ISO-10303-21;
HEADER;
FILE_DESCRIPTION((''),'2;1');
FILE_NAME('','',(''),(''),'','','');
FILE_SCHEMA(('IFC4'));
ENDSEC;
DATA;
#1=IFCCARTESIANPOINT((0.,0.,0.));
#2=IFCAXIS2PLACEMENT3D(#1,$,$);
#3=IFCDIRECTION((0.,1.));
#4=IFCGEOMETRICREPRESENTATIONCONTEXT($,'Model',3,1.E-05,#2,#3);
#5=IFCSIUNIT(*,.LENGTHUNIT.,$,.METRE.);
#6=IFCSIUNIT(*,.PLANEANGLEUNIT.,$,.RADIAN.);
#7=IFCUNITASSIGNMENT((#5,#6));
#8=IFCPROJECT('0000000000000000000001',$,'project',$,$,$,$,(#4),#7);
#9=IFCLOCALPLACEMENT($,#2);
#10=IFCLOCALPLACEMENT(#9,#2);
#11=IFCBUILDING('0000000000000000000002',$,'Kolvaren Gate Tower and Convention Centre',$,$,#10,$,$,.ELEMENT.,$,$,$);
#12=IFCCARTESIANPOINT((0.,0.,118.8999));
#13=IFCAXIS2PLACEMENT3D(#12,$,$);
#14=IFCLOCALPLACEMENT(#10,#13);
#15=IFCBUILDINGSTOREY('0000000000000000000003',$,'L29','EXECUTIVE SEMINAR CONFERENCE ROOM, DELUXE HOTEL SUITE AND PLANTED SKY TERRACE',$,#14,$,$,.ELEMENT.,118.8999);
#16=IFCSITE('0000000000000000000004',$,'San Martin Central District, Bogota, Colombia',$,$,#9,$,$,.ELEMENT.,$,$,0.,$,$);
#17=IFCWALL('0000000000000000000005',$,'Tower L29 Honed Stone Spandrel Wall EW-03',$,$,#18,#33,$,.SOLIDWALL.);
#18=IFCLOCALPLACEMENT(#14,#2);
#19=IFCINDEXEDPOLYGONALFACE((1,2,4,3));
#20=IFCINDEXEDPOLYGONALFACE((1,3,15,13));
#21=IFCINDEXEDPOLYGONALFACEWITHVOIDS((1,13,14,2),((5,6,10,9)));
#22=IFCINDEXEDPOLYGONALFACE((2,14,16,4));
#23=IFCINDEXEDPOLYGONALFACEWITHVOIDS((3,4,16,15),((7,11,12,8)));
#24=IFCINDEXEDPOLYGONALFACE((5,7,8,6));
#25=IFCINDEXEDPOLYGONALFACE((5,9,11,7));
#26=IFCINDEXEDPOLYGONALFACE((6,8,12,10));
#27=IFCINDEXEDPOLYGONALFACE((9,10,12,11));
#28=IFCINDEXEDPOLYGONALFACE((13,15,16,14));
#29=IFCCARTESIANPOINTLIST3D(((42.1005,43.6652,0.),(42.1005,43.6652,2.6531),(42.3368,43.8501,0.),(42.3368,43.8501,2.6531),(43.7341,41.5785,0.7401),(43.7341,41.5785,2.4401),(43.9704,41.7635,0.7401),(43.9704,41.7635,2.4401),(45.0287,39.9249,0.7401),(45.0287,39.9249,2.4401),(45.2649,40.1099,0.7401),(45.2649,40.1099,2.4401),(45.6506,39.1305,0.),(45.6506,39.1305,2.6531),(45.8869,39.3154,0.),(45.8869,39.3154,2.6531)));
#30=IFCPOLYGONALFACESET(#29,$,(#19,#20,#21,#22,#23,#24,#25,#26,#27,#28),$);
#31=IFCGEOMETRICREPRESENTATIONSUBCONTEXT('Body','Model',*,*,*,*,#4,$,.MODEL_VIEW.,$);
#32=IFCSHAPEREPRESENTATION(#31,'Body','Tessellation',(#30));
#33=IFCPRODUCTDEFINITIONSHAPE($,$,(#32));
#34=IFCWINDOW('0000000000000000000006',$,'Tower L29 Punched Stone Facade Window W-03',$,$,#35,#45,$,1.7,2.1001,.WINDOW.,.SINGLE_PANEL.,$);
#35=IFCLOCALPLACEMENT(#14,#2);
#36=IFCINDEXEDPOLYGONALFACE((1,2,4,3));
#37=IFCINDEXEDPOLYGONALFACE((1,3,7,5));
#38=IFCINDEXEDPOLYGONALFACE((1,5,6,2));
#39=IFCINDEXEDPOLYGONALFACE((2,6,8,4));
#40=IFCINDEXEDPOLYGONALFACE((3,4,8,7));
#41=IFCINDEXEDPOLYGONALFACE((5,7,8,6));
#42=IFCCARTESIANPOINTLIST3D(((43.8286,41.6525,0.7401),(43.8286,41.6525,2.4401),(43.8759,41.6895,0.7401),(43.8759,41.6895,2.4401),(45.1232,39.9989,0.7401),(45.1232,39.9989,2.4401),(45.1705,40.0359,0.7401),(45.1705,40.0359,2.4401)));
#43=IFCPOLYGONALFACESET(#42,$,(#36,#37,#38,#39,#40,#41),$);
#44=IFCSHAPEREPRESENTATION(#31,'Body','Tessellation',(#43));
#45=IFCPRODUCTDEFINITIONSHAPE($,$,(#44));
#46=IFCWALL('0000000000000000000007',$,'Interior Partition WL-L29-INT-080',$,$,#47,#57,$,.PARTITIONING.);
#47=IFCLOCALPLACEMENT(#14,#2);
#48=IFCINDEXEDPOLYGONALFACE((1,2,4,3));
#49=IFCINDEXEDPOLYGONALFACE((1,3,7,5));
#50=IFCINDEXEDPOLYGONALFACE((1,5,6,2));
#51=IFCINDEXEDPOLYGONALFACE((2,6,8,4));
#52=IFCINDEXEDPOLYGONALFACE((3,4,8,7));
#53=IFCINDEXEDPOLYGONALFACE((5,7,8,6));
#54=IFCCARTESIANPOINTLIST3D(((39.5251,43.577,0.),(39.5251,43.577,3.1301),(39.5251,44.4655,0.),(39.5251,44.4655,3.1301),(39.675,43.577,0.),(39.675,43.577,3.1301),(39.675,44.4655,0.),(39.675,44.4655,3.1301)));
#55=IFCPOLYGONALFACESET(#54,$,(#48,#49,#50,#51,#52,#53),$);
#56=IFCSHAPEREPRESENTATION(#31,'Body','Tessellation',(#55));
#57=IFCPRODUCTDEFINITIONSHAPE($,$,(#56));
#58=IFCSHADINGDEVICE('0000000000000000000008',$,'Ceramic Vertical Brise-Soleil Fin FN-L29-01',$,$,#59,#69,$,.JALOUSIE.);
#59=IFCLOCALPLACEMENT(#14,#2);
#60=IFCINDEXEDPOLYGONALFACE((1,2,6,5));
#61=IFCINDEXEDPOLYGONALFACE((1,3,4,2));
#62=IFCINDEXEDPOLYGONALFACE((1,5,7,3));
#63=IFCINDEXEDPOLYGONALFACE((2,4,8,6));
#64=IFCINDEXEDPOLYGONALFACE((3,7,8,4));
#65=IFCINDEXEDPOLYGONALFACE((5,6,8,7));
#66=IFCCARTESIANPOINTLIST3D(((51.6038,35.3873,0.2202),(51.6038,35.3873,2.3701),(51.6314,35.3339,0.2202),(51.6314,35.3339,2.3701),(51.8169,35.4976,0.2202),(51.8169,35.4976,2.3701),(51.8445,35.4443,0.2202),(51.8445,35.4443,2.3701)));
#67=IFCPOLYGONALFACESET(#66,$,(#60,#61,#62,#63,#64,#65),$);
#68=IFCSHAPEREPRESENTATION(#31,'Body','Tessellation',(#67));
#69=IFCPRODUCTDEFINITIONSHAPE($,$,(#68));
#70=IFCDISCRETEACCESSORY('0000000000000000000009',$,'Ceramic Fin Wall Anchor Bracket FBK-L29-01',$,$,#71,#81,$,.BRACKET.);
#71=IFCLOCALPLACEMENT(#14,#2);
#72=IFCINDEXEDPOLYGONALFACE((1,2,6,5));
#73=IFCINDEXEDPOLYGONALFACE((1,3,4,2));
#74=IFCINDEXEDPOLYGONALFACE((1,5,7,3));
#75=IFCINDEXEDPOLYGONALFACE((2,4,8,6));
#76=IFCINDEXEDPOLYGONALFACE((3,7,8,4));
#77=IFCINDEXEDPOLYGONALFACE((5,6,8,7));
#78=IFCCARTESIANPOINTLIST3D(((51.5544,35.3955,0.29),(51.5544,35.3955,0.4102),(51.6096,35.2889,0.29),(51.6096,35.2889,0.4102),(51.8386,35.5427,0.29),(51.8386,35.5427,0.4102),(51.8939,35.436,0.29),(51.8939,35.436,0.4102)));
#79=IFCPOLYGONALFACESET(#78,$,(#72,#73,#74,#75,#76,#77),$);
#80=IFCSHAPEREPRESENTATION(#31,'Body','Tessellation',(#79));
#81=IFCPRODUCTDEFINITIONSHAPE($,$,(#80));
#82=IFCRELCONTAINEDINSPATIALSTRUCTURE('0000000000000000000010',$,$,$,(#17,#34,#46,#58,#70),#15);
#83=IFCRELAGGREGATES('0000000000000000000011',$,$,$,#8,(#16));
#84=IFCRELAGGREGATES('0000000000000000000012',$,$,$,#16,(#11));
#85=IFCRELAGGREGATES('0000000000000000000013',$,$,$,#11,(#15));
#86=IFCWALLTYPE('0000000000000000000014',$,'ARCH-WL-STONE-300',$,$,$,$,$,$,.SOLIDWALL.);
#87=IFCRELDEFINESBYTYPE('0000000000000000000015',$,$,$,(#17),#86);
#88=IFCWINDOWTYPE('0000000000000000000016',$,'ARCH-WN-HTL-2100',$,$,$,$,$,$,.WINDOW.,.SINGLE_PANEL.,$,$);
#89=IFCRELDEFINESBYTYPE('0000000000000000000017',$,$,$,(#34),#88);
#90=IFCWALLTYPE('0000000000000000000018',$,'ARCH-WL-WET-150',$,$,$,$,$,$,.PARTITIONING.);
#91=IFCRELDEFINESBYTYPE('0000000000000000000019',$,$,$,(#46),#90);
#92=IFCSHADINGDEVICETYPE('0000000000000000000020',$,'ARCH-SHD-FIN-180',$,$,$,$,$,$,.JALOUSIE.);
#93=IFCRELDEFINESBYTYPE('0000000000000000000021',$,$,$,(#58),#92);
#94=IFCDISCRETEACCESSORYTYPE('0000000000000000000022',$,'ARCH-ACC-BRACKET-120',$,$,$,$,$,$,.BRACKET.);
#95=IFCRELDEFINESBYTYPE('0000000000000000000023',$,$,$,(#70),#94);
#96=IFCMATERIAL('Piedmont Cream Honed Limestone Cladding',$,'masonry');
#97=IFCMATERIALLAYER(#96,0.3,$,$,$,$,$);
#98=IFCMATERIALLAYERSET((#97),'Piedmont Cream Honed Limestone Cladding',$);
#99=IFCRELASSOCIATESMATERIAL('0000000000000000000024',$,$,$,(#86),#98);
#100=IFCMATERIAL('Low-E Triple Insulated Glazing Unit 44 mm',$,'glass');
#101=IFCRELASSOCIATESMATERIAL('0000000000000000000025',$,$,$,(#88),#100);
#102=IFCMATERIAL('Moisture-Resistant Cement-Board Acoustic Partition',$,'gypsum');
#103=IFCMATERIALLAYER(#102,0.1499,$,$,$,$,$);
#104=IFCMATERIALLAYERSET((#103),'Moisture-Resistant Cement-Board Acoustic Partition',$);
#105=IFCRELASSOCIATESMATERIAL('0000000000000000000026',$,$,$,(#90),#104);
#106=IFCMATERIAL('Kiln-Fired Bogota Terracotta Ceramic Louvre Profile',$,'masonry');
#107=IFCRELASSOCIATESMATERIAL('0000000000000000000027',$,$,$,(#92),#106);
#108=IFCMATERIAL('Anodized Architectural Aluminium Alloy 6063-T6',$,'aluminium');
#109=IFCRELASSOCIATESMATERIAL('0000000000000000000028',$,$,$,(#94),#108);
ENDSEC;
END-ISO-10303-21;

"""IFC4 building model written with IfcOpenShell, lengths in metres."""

from ifc_helpers import new_model, si_unit, direction, frame, frame_2d, origin, origin_2d, place, context, subcontext, project, spatial, rectangle, extrude, material, layer, layer_set, type_object, element, fill, save


model = new_model("IFC4")

# Units and contexts
model_context = context("Model", 3, precision=1e-05, world=origin(), true_north=direction((0.0, 1.0)))
body_context = subcontext(model_context, "Body", "Model", "MODEL_VIEW")
ifc_project = project(units=[si_unit("LENGTHUNIT", "METRE"), si_unit("PLANEANGLEUNIT", "RADIAN")], contexts=[model_context])

# Site, building, storey
site_placement = place(None, origin())
site = spatial("IfcSite", under=ifc_project, at=site_placement, Name="San Martin Central District, Bogota, Colombia", CompositionType="ELEMENT", RefElevation=0.0)
building_placement = place(site_placement, origin())
building = spatial("IfcBuilding", under=site, at=building_placement, Name="Kolvaren Gate Tower and Convention Centre", CompositionType="ELEMENT")
storey_placement = place(building_placement, frame((0.0, 0.0, 118.8999)))
storey = spatial("IfcBuildingStorey", under=building, at=storey_placement, Name="L29", Description="EXECUTIVE SEMINAR CONFERENCE ROOM, DELUXE HOTEL SUITE AND PLANTED SKY TERRACE", CompositionType="ELEMENT", Elevation=118.8999)

# Shared definitions
ifc_material_1 = material(Name="Piedmont Cream Honed Limestone Cladding", Category="masonry")

# Shared definitions
ifc_layer_1 = layer(ifc_material_1, 0.3)
ifc_layer_set_1 = layer_set([ifc_layer_1], Name="Piedmont Cream Honed Limestone Cladding")
wall_type_1 = type_object("IfcWallType", Name="ARCH-WL-STONE-300", PredefinedType="SOLIDWALL", material=ifc_layer_set_1)
ifc_material_2 = material(Name="Low-E Triple Insulated Glazing Unit 44 mm", Category="glass")

# Wall, opening, window
window_type_1 = type_object("IfcWindowType", Name="ARCH-WN-HTL-2100", PartitioningType="SINGLE_PANEL", PredefinedType="WINDOW", material=ifc_material_2)
wall_1_placement = place(storey_placement, frame((42.2188, 43.7576, 0.0), z_axis=(0.0, 0.0, 1.0), x_axis=(0.616435, -0.787406, 0.0)))
wall_1 = element("IfcWall", 1, at=wall_1_placement, inside=storey, type_object=wall_type_1, Name="Tower L29 Honed Stone Spandrel Wall EW-03", PredefinedType="SOLIDWALL", context=body_context, shape_type="SweptSolid", body=[
    extrude(rectangle(XDim=5.759, YDim=0.3, at=frame_2d((2.8794, 0.0))), origin(), (0.0, 0.0, 1.0), 2.6531),
])
opening_1_placement = place(wall_1_placement, frame((2.6499, 0.0, 0.74)))
opening_1 = element("IfcOpeningElement", 2, at=opening_1_placement, cuts=wall_1, PredefinedType="OPENING", context=body_context, shape_type="SweptSolid", body=[
    extrude(rectangle(XDim=2.1001, YDim=1.7, at=frame_2d((1.05, 0.8501))), frame((0.0, 0.1599, 0.0), z_axis=(0.0, -1.0, 0.0), x_axis=(1.0, 0.0, 0.0)), (0.0, 0.0, 1.0), 0.3201),
])
window_1_placement = place(opening_1_placement, origin())
window_1 = element("IfcWindow", 3, at=window_1_placement, inside=storey, type_object=window_type_1, Name="Tower L29 Punched Stone Facade Window W-03", OverallHeight=1.7, OverallWidth=2.1001, PartitioningType="SINGLE_PANEL", PredefinedType="WINDOW", context=body_context, shape_type="SweptSolid", body=[
    extrude(rectangle(XDim=2.1001, YDim=1.7, at=frame_2d((1.05, 0.8501))), frame((0.0, 0.03, 0.0), z_axis=(0.0, -1.0, 0.0), x_axis=(1.0, 0.0, 0.0)), (0.0, 0.0, 1.0), 0.0601),
])
fill(opening_1, window_1)

# Wall
ifc_material_3 = material(Name="Moisture-Resistant Cement-Board Acoustic Partition", Category="gypsum")
ifc_layer_2 = layer(ifc_material_3, 0.1499)
ifc_layer_set_2 = layer_set([ifc_layer_2], Name="Moisture-Resistant Cement-Board Acoustic Partition")
wall_type_2 = type_object("IfcWallType", Name="ARCH-WL-WET-150", PredefinedType="PARTITIONING", material=ifc_layer_set_2)
wall_2_placement = place(storey_placement, frame((39.6001, 43.5769, 0.0), z_axis=(0.0, 0.0, 1.0), x_axis=(0.0, 1.0, 0.0)))
element("IfcWall", 4, at=wall_2_placement, inside=storey, type_object=wall_type_2, Name="Interior Partition WL-L29-INT-080", PredefinedType="PARTITIONING", context=body_context, shape_type="SweptSolid", body=[
    extrude(rectangle(XDim=0.8884, YDim=0.1499, at=frame_2d((0.4443, 0.0))), origin(), (0.0, 0.0, 1.0), 3.1301),
])

# Shading device
ifc_material_4 = material(Name="Kiln-Fired Bogota Terracotta Ceramic Louvre Profile", Category="masonry")
shading_device_type = type_object("IfcShadingDeviceType", Name="ARCH-SHD-FIN-180", PredefinedType="JALOUSIE", material=ifc_material_4)
shading_device_placement = place(storey_placement, frame((51.7241, 35.4158, 0.2202), z_axis=(0.0, 0.0, 1.0), x_axis=(0.459781, -0.888032, 0.0)))
element("IfcShadingDevice", 5, at=shading_device_placement, inside=storey, type_object=shading_device_type, Name="Ceramic Vertical Brise-Soleil Fin FN-L29-01", PredefinedType="JALOUSIE", context=body_context, shape_type="SweptSolid", body=[
    extrude(rectangle(XDim=0.0601, YDim=0.24, at=origin_2d()), origin(), (0.0, 0.0, 1.0), 2.1499),
])

# Discrete accessory
ifc_material_5 = material(Name="Anodized Architectural Aluminium Alloy 6063-T6", Category="aluminium")
discrete_accessory_type = type_object("IfcDiscreteAccessoryType", Name="ARCH-ACC-BRACKET-120", PredefinedType="BRACKET", material=ifc_material_5)
discrete_accessory_placement = place(storey_placement, frame((51.7241, 35.4158, 0.29), z_axis=(0.0, 0.0, 1.0), x_axis=(0.459781, -0.888032, 0.0)))
element("IfcDiscreteAccessory", 6, at=discrete_accessory_placement, inside=storey, type_object=discrete_accessory_type, Name="Ceramic Fin Wall Anchor Bracket FBK-L29-01", PredefinedType="BRACKET", context=body_context, shape_type="SweptSolid", body=[
    extrude(rectangle(XDim=0.1201, YDim=0.3201, at=origin_2d()), origin(), (0.0, 0.0, 1.0), 0.1201),
])

save(model, "model.ifc")
